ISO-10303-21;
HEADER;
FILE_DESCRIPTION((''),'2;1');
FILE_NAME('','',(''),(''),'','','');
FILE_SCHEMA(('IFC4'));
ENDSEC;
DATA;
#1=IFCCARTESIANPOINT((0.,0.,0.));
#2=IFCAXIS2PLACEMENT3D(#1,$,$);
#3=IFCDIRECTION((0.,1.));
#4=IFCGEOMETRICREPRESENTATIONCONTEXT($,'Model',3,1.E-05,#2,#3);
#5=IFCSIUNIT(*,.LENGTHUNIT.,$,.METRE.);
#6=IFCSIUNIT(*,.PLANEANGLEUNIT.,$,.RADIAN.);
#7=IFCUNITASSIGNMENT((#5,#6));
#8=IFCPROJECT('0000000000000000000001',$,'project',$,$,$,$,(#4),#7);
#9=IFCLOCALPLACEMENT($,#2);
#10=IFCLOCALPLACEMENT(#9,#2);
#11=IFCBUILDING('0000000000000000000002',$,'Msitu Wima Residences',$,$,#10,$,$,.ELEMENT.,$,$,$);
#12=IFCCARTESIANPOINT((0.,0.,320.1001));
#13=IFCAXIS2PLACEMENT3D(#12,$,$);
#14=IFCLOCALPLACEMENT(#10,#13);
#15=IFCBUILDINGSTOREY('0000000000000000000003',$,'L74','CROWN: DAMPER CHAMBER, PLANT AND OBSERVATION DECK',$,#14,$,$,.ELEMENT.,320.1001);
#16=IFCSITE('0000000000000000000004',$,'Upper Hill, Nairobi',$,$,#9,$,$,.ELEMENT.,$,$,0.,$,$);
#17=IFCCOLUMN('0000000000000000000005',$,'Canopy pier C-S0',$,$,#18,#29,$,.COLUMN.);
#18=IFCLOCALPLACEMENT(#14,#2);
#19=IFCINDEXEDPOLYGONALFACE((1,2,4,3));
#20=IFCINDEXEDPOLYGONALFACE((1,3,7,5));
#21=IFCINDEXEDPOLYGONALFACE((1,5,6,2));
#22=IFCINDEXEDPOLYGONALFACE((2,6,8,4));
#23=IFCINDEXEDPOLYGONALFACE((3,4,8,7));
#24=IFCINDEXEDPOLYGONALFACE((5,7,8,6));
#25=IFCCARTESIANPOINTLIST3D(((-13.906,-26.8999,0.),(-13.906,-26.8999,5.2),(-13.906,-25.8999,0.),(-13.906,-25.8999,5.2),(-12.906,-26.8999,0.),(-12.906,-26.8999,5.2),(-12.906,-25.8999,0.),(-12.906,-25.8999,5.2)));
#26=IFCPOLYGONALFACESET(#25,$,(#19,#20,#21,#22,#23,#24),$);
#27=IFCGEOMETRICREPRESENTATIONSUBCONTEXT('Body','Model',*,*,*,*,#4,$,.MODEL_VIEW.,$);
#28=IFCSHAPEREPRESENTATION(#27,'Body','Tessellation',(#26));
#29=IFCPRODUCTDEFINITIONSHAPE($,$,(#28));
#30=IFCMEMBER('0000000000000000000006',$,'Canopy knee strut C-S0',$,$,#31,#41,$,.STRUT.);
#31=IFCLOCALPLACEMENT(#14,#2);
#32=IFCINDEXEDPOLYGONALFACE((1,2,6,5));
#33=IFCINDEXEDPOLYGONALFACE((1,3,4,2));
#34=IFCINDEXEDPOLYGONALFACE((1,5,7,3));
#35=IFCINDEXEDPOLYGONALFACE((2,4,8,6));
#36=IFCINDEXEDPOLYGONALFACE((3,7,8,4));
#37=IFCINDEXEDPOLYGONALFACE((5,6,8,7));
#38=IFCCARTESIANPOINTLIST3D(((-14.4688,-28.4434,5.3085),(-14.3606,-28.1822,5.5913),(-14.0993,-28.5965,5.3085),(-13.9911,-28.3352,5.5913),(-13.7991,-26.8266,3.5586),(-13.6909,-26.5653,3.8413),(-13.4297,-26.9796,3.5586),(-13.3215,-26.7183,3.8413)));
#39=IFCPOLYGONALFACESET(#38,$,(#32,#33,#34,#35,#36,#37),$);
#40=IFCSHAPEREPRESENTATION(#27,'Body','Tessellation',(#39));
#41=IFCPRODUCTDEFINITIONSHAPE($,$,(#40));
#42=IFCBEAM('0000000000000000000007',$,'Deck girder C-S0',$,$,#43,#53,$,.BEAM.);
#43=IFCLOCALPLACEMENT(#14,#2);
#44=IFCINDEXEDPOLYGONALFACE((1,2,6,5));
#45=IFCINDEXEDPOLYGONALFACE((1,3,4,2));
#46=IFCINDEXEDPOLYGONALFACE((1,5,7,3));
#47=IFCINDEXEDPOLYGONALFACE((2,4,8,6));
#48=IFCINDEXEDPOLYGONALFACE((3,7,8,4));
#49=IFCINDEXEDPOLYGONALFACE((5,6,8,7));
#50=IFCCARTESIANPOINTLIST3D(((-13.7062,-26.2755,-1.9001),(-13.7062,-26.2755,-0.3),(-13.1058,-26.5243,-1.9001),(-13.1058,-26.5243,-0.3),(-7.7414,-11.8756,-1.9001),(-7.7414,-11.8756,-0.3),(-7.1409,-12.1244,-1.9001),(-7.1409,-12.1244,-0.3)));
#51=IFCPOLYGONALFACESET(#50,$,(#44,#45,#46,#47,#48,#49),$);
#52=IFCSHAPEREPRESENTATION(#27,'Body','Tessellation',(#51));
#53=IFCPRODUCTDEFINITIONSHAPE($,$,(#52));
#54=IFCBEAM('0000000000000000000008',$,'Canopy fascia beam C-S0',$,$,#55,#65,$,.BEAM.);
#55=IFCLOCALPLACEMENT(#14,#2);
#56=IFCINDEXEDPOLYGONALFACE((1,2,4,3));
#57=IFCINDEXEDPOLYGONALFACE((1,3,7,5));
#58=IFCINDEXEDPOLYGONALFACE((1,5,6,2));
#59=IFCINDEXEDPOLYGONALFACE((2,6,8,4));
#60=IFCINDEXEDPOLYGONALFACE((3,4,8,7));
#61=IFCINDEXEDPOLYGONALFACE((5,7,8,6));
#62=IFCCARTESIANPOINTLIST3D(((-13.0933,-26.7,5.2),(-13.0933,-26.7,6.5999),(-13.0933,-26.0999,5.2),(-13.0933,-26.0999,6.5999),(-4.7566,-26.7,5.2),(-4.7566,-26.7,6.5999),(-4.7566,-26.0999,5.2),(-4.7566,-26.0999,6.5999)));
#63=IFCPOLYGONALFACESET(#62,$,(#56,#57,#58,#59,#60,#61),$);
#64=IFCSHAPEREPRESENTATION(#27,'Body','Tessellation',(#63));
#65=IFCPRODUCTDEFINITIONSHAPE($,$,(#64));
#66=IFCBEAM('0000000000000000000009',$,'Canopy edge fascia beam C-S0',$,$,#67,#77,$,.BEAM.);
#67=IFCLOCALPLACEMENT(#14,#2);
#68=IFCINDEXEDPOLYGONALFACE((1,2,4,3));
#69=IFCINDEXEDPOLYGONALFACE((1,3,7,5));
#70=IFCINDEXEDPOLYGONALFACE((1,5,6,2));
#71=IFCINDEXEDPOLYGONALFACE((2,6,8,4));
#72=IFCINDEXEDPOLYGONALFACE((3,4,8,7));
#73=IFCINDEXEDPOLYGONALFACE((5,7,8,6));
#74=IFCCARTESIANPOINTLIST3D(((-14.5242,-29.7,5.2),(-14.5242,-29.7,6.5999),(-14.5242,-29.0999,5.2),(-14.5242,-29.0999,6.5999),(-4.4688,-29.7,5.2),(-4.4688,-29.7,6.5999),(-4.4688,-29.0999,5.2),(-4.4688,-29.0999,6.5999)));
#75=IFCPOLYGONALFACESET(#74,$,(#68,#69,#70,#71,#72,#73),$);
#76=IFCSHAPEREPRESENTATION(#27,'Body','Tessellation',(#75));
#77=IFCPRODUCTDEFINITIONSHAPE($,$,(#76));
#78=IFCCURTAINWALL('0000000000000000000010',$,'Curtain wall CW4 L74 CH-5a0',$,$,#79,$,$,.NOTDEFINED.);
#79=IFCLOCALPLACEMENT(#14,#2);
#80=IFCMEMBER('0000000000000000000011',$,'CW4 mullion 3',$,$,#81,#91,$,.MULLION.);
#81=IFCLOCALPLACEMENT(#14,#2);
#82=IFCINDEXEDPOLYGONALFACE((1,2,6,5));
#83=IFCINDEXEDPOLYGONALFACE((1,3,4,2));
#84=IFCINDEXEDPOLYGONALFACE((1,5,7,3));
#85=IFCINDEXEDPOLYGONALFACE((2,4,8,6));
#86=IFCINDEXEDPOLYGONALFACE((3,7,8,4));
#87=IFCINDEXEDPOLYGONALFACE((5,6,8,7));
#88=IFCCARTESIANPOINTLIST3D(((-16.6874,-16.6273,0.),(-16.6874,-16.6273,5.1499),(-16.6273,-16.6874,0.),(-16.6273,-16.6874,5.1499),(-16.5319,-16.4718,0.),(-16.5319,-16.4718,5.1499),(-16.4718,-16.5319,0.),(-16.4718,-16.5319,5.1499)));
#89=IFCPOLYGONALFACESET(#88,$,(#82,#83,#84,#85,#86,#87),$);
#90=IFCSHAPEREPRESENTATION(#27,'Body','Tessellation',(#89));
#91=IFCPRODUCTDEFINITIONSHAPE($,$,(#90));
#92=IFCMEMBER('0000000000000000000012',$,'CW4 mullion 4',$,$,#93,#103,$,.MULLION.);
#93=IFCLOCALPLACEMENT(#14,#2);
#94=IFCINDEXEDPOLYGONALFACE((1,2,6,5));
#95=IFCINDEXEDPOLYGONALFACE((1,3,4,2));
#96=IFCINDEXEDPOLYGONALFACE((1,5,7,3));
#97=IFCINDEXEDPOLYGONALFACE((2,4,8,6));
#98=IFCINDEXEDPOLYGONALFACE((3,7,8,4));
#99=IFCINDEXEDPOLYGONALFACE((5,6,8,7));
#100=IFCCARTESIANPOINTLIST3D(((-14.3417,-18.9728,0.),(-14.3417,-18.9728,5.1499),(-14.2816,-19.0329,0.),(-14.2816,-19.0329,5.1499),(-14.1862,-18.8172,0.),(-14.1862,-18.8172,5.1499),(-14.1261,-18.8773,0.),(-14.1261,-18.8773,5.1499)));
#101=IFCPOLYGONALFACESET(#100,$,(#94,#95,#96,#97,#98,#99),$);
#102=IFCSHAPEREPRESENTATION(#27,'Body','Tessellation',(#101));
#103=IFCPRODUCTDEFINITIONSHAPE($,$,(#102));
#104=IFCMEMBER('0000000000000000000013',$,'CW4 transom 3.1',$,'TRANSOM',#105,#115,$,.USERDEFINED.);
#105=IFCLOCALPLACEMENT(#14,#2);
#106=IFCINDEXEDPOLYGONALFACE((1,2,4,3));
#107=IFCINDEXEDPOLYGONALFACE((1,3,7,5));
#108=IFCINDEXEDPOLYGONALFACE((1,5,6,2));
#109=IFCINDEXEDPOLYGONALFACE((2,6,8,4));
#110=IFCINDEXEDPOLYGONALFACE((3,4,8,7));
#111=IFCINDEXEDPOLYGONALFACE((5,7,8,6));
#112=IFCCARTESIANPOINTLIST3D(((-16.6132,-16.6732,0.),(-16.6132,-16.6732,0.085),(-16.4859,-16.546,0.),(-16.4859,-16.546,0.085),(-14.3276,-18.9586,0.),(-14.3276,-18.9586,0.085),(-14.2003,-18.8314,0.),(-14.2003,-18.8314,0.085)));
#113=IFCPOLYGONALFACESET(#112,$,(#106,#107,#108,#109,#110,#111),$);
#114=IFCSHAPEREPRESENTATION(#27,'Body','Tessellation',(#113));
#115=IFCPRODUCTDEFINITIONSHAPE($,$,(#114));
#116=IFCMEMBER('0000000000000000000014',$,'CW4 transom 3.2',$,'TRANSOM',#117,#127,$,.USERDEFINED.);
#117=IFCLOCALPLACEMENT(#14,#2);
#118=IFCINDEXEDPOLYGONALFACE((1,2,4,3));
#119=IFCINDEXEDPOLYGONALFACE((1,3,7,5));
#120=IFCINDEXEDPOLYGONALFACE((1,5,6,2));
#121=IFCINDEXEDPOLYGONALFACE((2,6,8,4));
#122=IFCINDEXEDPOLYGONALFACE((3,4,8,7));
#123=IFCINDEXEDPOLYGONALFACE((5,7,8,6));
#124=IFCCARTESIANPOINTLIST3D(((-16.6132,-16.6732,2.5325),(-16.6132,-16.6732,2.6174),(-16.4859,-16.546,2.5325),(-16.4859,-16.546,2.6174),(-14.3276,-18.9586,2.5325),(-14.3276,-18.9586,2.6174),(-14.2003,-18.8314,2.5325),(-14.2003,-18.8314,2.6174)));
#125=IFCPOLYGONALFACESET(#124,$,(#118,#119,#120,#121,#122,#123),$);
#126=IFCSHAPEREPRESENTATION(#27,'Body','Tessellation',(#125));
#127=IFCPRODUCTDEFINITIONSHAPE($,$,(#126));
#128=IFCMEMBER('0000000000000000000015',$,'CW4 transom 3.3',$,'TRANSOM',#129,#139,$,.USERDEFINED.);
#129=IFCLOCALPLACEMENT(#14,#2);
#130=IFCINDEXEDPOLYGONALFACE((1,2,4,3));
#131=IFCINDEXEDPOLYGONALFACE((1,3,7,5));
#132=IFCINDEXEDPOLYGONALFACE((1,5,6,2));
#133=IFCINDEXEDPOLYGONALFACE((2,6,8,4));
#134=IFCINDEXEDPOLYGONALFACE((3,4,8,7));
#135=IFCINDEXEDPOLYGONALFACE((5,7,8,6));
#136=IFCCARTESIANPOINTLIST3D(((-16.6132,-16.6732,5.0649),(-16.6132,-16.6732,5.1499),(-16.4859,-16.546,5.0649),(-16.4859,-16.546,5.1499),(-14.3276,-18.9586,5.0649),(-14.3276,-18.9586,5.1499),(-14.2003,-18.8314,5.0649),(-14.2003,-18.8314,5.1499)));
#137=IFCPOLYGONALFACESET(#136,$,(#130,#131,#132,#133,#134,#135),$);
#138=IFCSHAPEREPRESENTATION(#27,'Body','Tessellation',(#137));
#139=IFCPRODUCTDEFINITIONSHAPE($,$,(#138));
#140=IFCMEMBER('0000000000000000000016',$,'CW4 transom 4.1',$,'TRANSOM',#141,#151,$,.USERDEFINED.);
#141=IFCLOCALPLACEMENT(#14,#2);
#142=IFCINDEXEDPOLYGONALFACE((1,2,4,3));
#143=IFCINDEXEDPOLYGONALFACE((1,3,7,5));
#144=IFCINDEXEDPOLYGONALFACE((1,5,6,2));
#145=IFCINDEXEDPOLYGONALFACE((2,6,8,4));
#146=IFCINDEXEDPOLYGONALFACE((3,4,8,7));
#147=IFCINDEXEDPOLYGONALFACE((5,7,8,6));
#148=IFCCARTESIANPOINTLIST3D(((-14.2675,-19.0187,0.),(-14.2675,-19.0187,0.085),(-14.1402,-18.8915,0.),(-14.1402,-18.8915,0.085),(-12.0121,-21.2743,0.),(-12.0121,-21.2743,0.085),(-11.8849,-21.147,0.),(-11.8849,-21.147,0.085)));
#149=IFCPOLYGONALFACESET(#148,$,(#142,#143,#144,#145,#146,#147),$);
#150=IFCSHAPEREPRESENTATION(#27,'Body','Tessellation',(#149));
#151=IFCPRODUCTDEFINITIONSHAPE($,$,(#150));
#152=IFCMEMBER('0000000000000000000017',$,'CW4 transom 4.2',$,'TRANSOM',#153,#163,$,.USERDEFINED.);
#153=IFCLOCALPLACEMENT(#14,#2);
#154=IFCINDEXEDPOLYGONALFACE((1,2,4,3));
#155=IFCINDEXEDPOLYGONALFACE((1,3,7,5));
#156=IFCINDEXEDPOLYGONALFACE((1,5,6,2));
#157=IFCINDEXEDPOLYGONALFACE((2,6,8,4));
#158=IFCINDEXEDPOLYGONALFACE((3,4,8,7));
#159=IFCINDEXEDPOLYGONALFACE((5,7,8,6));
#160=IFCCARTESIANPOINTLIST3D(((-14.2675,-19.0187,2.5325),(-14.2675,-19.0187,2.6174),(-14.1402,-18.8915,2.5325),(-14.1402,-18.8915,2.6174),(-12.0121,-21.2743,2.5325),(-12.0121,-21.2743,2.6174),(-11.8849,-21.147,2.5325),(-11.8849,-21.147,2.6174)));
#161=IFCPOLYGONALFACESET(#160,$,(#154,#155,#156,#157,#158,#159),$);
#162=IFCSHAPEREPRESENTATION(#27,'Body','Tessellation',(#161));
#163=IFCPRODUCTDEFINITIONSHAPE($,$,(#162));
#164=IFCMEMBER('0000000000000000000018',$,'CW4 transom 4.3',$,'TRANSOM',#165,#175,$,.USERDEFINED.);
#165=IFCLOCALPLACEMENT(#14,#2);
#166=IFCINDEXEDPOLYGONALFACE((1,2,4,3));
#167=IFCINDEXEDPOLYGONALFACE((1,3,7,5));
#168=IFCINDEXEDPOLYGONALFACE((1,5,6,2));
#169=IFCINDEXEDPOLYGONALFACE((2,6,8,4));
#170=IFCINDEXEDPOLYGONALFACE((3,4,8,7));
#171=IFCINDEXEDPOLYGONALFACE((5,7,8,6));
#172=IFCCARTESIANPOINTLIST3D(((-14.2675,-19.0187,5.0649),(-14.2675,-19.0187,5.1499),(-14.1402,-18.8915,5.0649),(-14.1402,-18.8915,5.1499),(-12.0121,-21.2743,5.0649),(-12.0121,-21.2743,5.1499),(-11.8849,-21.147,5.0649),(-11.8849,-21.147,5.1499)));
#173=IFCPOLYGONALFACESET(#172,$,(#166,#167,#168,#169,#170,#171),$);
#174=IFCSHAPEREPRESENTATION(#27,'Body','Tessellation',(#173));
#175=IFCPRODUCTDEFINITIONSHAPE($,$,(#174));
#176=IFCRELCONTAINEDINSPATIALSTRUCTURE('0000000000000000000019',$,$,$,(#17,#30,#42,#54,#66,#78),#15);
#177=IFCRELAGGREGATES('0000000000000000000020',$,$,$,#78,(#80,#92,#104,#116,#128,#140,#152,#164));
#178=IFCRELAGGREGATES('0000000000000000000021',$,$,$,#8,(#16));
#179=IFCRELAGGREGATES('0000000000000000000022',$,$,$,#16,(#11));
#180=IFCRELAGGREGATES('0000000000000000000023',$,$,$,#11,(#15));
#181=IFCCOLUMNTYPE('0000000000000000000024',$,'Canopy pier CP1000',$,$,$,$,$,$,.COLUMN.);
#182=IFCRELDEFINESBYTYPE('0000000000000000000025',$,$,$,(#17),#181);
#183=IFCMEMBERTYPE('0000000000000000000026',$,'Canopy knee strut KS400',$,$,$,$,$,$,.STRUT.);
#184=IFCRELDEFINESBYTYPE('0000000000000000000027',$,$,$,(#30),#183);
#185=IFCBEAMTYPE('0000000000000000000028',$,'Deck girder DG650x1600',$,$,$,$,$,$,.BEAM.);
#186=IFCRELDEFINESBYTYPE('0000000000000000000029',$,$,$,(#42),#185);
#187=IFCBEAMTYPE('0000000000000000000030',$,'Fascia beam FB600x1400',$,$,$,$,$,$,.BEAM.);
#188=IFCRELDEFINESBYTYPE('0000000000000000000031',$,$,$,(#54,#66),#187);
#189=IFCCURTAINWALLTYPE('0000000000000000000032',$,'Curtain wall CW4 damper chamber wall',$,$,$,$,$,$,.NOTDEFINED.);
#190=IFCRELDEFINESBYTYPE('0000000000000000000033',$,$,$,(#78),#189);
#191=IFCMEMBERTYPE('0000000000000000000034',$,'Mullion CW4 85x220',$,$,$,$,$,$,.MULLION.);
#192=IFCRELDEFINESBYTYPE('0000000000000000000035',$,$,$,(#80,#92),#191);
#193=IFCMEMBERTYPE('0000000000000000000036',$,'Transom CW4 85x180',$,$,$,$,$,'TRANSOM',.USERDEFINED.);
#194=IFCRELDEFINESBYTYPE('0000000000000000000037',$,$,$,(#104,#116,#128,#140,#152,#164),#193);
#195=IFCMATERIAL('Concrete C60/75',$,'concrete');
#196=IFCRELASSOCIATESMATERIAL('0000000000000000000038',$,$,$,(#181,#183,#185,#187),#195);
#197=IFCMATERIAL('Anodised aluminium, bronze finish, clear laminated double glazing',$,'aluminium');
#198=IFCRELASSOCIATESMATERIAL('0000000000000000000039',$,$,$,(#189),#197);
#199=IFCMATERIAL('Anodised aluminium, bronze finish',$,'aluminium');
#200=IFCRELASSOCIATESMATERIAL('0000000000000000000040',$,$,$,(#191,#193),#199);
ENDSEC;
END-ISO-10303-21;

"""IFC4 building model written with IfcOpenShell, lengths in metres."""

from ifc_helpers import new_model, si_unit, direction, frame, origin, origin_2d, place, context, subcontext, project, spatial, rectangle, extrude, material, material_profile, profile_set, type_object, element, aggregate, save


model = new_model("IFC4")

# Units and contexts
model_context = context("Model", 3, precision=1e-05, world=origin(), true_north=direction((0.0, 1.0)))
body_context = subcontext(model_context, "Body", "Model", "MODEL_VIEW")
ifc_project = project(units=[si_unit("LENGTHUNIT", "METRE"), si_unit("PLANEANGLEUNIT", "RADIAN")], contexts=[model_context])

# Site, building, storey
site_placement = place(None, origin())
site = spatial("IfcSite", under=ifc_project, at=site_placement, Name="Upper Hill, Nairobi", CompositionType="ELEMENT", RefElevation=0.0)
building_placement = place(site_placement, origin())
building = spatial("IfcBuilding", under=site, at=building_placement, Name="Msitu Wima Residences", CompositionType="ELEMENT")
storey_placement = place(building_placement, frame((0.0, 0.0, 320.1001)))
storey = spatial("IfcBuildingStorey", under=building, at=storey_placement, Name="L74", Description="CROWN: DAMPER CHAMBER, PLANT AND OBSERVATION DECK", CompositionType="ELEMENT", Elevation=320.1001)

# Column
ifc_material_1 = material(Name="Concrete C60/75", Category="concrete")
ifc_material_profile_1 = material_profile(ifc_material_1, rectangle(XDim=1.0, YDim=1.0, at=origin_2d()), Name="RC 1000x1000")
ifc_profile_set_1 = profile_set([ifc_material_profile_1], Name="Concrete C60/75")
column_type = type_object("IfcColumnType", Name="Canopy pier CP1000", PredefinedType="COLUMN", material=ifc_profile_set_1)
column_placement = place(storey_placement, frame((-13.406, -26.3999, 0.0), z_axis=(0.0, 0.0, 1.0), x_axis=(1.0, 0.0, 0.0)))
element("IfcColumn", 1, at=column_placement, inside=storey, type_object=column_type, Name="Canopy pier C-S0", PredefinedType="COLUMN", context=body_context, shape_type="SweptSolid", body=[
    extrude(rectangle(XDim=1.0, YDim=1.0, at=origin_2d()), origin(), (0.0, 0.0, 1.0), 5.2),
])

# Member
ifc_material_profile_2 = material_profile(ifc_material_1, rectangle(XDim=0.3999, YDim=0.3999, at=origin_2d()), Name="RC 400x400")
ifc_profile_set_2 = profile_set([ifc_material_profile_2], Name="Concrete C60/75")
member_type_1 = type_object("IfcMemberType", Name="Canopy knee strut KS400", PredefinedType="STRUT", material=ifc_profile_set_2)
member_1_placement = place(storey_placement, frame((-13.5603, -26.7725, 3.7), z_axis=(-0.27058, -0.653318, 0.707079), x_axis=(0.923896, -0.382643, 0.0)))
element("IfcMember", 2, at=member_1_placement, inside=storey, type_object=member_type_1, Name="Canopy knee strut C-S0", PredefinedType="STRUT", context=body_context, shape_type="SweptSolid", body=[
    extrude(rectangle(XDim=0.3999, YDim=0.3999, at=origin_2d()), origin(), (0.0, 0.0, 1.0), 2.4749),
])

# Beams
ifc_material_profile_3 = material_profile(ifc_material_1, rectangle(XDim=0.6499, YDim=1.6001, at=origin_2d()), Name="RC 650x1600")
ifc_profile_set_3 = profile_set([ifc_material_profile_3], Name="Concrete C60/75")
beam_type_1 = type_object("IfcBeamType", Name="Deck girder DG650x1600", PredefinedType="BEAM", material=ifc_profile_set_3)
beam_1_placement = place(storey_placement, frame((-13.406, -26.3999, -1.1001), z_axis=(0.382695, 0.923875, 0.0), x_axis=(-0.923875, 0.382695, 0.0)))
element("IfcBeam", 3, at=beam_1_placement, inside=storey, type_object=beam_type_1, Name="Deck girder C-S0", PredefinedType="BEAM", context=body_context, shape_type="SweptSolid", body=[
    extrude(rectangle(XDim=0.6499, YDim=1.6001, at=origin_2d()), origin(), (0.0, 0.0, 1.0), 15.5864),
])
ifc_material_profile_4 = material_profile(ifc_material_1, rectangle(XDim=0.6001, YDim=1.3999, at=origin_2d()), Name="RC 600x1400")
ifc_profile_set_4 = profile_set([ifc_material_profile_4], Name="Concrete C60/75")
beam_type_2 = type_object("IfcBeamType", Name="Fascia beam FB600x1400", PredefinedType="BEAM", material=ifc_profile_set_4)
beam_2_placement = place(storey_placement, frame((-13.0933, -26.3999, 5.8999), z_axis=(1.0, 0.0, 0.0), x_axis=(0.0, 1.0, 0.0)))
element("IfcBeam", 4, at=beam_2_placement, inside=storey, type_object=beam_type_2, Name="Canopy fascia beam C-S0", PredefinedType="BEAM", context=body_context, shape_type="SweptSolid", body=[
    extrude(rectangle(XDim=0.6001, YDim=1.3999, at=origin_2d()), origin(), (0.0, 0.0, 1.0), 8.3367),
])
beam_3_placement = place(storey_placement, frame((-14.5242, -29.3999, 5.8999), z_axis=(1.0, 0.0, 0.0), x_axis=(0.0, 1.0, 0.0)))
element("IfcBeam", 5, at=beam_3_placement, inside=storey, type_object=beam_type_2, Name="Canopy edge fascia beam C-S0", PredefinedType="BEAM", context=body_context, shape_type="SweptSolid", body=[
    extrude(rectangle(XDim=0.6001, YDim=1.3999, at=origin_2d()), origin(), (0.0, 0.0, 1.0), 10.0554),
])

# Curtain wall, members
ifc_material_2 = material(Name="Anodised aluminium, bronze finish, clear laminated double glazing", Category="aluminium")
curtain_wall_type = type_object("IfcCurtainWallType", Name="Curtain wall CW4 damper chamber wall", PredefinedType="NOTDEFINED", material=ifc_material_2)
curtain_wall_placement = place(storey_placement, origin())
curtain_wall = element("IfcCurtainWall", 6, at=curtain_wall_placement, inside=storey, type_object=curtain_wall_type, Name="Curtain wall CW4 L74 CH-5a0", PredefinedType="NOTDEFINED")
ifc_material_3 = material(Name="Anodised aluminium, bronze finish", Category="aluminium")
ifc_material_profile_5 = material_profile(ifc_material_3, rectangle(XDim=0.22, YDim=0.085, at=origin_2d()), Name="Mullion 85x220")
ifc_profile_set_5 = profile_set([ifc_material_profile_5], Name="Anodised aluminium, bronze finish")
member_type_2 = type_object("IfcMemberType", Name="Mullion CW4 85x220", PredefinedType="MULLION", material=ifc_profile_set_5)
member_2_placement = place(storey_placement, frame((-16.5796, -16.5796, 0.0), z_axis=(0.0, 0.0, 1.0), x_axis=(0.707107, 0.707107, 0.0)))
member_2 = element("IfcMember", 7, at=member_2_placement, type_object=member_type_2, Name="CW4 mullion 3", PredefinedType="MULLION", context=body_context, shape_type="SweptSolid", body=[
    extrude(rectangle(XDim=0.22, YDim=0.085, at=origin_2d()), origin(), (0.0, 0.0, 1.0), 5.1499),
])
member_3_placement = place(storey_placement, frame((-14.2339, -18.925, 0.0), z_axis=(0.0, 0.0, 1.0), x_axis=(0.707107, 0.707107, 0.0)))
member_3 = element("IfcMember", 8, at=member_3_placement, type_object=member_type_2, Name="CW4 mullion 4", PredefinedType="MULLION", context=body_context, shape_type="SweptSolid", body=[
    extrude(rectangle(XDim=0.22, YDim=0.085, at=origin_2d()), origin(), (0.0, 0.0, 1.0), 5.1499),
])
ifc_material_profile_6 = material_profile(ifc_material_3, rectangle(XDim=0.1799, YDim=0.085, at=origin_2d()), Name="Transom 85x180")
ifc_profile_set_6 = profile_set([ifc_material_profile_6], Name="Anodised aluminium, bronze finish")
member_type_3 = type_object("IfcMemberType", Name="Transom CW4 85x180", ElementType="TRANSOM", PredefinedType="USERDEFINED", material=ifc_profile_set_6)
member_4_placement = place(storey_placement, frame((-16.5496, -16.6096, 0.0425), z_axis=(0.707145, -0.707069, 0.0), x_axis=(0.707069, 0.707145, 0.0)))
member_4 = element("IfcMember", 9, at=member_4_placement, type_object=member_type_3, Name="CW4 transom 3.1", ObjectType="TRANSOM", PredefinedType="USERDEFINED", context=body_context, shape_type="SweptSolid", body=[
    extrude(rectangle(XDim=0.1799, YDim=0.085, at=origin_2d()), origin(), (0.0, 0.0, 1.0), 3.2322),
])
member_5_placement = place(storey_placement, frame((-16.5496, -16.6096, 2.575), z_axis=(0.707145, -0.707069, 0.0), x_axis=(0.707069, 0.707145, 0.0)))
member_5 = element("IfcMember", 10, at=member_5_placement, type_object=member_type_3, Name="CW4 transom 3.2", ObjectType="TRANSOM", PredefinedType="USERDEFINED", context=body_context, shape_type="SweptSolid", body=[
    extrude(rectangle(XDim=0.1799, YDim=0.085, at=origin_2d()), origin(), (0.0, 0.0, 1.0), 3.2322),
])
member_6_placement = place(storey_placement, frame((-16.5496, -16.6096, 5.1074), z_axis=(0.707145, -0.707069, 0.0), x_axis=(0.707069, 0.707145, 0.0)))
member_6 = element("IfcMember", 11, at=member_6_placement, type_object=member_type_3, Name="CW4 transom 3.3", ObjectType="TRANSOM", PredefinedType="USERDEFINED", context=body_context, shape_type="SweptSolid", body=[
    extrude(rectangle(XDim=0.1799, YDim=0.085, at=origin_2d()), origin(), (0.0, 0.0, 1.0), 3.2322),
])
member_7_placement = place(storey_placement, frame((-14.2039, -18.9551, 0.0425), z_axis=(0.707069, -0.707145, 0.0), x_axis=(0.707145, 0.707069, 0.0)))
member_7 = element("IfcMember", 12, at=member_7_placement, type_object=member_type_3, Name="CW4 transom 4.1", ObjectType="TRANSOM", PredefinedType="USERDEFINED", context=body_context, shape_type="SweptSolid", body=[
    extrude(rectangle(XDim=0.1799, YDim=0.085, at=origin_2d()), origin(), (0.0, 0.0, 1.0), 3.1897),
])
member_8_placement = place(storey_placement, frame((-14.2039, -18.9551, 2.575), z_axis=(0.707069, -0.707145, 0.0), x_axis=(0.707145, 0.707069, 0.0)))
member_8 = element("IfcMember", 13, at=member_8_placement, type_object=member_type_3, Name="CW4 transom 4.2", ObjectType="TRANSOM", PredefinedType="USERDEFINED", context=body_context, shape_type="SweptSolid", body=[
    extrude(rectangle(XDim=0.1799, YDim=0.085, at=origin_2d()), origin(), (0.0, 0.0, 1.0), 3.1897),
])
member_9_placement = place(storey_placement, frame((-14.2039, -18.9551, 5.1074), z_axis=(0.707069, -0.707145, 0.0), x_axis=(0.707145, 0.707069, 0.0)))
member_9 = element("IfcMember", 14, at=member_9_placement, type_object=member_type_3, Name="CW4 transom 4.3", ObjectType="TRANSOM", PredefinedType="USERDEFINED", context=body_context, shape_type="SweptSolid", body=[
    extrude(rectangle(XDim=0.1799, YDim=0.085, at=origin_2d()), origin(), (0.0, 0.0, 1.0), 3.1897),
])
aggregate(curtain_wall, [member_2, member_3, member_4, member_5, member_6, member_7, member_8, member_9])

save(model, "model.ifc")
